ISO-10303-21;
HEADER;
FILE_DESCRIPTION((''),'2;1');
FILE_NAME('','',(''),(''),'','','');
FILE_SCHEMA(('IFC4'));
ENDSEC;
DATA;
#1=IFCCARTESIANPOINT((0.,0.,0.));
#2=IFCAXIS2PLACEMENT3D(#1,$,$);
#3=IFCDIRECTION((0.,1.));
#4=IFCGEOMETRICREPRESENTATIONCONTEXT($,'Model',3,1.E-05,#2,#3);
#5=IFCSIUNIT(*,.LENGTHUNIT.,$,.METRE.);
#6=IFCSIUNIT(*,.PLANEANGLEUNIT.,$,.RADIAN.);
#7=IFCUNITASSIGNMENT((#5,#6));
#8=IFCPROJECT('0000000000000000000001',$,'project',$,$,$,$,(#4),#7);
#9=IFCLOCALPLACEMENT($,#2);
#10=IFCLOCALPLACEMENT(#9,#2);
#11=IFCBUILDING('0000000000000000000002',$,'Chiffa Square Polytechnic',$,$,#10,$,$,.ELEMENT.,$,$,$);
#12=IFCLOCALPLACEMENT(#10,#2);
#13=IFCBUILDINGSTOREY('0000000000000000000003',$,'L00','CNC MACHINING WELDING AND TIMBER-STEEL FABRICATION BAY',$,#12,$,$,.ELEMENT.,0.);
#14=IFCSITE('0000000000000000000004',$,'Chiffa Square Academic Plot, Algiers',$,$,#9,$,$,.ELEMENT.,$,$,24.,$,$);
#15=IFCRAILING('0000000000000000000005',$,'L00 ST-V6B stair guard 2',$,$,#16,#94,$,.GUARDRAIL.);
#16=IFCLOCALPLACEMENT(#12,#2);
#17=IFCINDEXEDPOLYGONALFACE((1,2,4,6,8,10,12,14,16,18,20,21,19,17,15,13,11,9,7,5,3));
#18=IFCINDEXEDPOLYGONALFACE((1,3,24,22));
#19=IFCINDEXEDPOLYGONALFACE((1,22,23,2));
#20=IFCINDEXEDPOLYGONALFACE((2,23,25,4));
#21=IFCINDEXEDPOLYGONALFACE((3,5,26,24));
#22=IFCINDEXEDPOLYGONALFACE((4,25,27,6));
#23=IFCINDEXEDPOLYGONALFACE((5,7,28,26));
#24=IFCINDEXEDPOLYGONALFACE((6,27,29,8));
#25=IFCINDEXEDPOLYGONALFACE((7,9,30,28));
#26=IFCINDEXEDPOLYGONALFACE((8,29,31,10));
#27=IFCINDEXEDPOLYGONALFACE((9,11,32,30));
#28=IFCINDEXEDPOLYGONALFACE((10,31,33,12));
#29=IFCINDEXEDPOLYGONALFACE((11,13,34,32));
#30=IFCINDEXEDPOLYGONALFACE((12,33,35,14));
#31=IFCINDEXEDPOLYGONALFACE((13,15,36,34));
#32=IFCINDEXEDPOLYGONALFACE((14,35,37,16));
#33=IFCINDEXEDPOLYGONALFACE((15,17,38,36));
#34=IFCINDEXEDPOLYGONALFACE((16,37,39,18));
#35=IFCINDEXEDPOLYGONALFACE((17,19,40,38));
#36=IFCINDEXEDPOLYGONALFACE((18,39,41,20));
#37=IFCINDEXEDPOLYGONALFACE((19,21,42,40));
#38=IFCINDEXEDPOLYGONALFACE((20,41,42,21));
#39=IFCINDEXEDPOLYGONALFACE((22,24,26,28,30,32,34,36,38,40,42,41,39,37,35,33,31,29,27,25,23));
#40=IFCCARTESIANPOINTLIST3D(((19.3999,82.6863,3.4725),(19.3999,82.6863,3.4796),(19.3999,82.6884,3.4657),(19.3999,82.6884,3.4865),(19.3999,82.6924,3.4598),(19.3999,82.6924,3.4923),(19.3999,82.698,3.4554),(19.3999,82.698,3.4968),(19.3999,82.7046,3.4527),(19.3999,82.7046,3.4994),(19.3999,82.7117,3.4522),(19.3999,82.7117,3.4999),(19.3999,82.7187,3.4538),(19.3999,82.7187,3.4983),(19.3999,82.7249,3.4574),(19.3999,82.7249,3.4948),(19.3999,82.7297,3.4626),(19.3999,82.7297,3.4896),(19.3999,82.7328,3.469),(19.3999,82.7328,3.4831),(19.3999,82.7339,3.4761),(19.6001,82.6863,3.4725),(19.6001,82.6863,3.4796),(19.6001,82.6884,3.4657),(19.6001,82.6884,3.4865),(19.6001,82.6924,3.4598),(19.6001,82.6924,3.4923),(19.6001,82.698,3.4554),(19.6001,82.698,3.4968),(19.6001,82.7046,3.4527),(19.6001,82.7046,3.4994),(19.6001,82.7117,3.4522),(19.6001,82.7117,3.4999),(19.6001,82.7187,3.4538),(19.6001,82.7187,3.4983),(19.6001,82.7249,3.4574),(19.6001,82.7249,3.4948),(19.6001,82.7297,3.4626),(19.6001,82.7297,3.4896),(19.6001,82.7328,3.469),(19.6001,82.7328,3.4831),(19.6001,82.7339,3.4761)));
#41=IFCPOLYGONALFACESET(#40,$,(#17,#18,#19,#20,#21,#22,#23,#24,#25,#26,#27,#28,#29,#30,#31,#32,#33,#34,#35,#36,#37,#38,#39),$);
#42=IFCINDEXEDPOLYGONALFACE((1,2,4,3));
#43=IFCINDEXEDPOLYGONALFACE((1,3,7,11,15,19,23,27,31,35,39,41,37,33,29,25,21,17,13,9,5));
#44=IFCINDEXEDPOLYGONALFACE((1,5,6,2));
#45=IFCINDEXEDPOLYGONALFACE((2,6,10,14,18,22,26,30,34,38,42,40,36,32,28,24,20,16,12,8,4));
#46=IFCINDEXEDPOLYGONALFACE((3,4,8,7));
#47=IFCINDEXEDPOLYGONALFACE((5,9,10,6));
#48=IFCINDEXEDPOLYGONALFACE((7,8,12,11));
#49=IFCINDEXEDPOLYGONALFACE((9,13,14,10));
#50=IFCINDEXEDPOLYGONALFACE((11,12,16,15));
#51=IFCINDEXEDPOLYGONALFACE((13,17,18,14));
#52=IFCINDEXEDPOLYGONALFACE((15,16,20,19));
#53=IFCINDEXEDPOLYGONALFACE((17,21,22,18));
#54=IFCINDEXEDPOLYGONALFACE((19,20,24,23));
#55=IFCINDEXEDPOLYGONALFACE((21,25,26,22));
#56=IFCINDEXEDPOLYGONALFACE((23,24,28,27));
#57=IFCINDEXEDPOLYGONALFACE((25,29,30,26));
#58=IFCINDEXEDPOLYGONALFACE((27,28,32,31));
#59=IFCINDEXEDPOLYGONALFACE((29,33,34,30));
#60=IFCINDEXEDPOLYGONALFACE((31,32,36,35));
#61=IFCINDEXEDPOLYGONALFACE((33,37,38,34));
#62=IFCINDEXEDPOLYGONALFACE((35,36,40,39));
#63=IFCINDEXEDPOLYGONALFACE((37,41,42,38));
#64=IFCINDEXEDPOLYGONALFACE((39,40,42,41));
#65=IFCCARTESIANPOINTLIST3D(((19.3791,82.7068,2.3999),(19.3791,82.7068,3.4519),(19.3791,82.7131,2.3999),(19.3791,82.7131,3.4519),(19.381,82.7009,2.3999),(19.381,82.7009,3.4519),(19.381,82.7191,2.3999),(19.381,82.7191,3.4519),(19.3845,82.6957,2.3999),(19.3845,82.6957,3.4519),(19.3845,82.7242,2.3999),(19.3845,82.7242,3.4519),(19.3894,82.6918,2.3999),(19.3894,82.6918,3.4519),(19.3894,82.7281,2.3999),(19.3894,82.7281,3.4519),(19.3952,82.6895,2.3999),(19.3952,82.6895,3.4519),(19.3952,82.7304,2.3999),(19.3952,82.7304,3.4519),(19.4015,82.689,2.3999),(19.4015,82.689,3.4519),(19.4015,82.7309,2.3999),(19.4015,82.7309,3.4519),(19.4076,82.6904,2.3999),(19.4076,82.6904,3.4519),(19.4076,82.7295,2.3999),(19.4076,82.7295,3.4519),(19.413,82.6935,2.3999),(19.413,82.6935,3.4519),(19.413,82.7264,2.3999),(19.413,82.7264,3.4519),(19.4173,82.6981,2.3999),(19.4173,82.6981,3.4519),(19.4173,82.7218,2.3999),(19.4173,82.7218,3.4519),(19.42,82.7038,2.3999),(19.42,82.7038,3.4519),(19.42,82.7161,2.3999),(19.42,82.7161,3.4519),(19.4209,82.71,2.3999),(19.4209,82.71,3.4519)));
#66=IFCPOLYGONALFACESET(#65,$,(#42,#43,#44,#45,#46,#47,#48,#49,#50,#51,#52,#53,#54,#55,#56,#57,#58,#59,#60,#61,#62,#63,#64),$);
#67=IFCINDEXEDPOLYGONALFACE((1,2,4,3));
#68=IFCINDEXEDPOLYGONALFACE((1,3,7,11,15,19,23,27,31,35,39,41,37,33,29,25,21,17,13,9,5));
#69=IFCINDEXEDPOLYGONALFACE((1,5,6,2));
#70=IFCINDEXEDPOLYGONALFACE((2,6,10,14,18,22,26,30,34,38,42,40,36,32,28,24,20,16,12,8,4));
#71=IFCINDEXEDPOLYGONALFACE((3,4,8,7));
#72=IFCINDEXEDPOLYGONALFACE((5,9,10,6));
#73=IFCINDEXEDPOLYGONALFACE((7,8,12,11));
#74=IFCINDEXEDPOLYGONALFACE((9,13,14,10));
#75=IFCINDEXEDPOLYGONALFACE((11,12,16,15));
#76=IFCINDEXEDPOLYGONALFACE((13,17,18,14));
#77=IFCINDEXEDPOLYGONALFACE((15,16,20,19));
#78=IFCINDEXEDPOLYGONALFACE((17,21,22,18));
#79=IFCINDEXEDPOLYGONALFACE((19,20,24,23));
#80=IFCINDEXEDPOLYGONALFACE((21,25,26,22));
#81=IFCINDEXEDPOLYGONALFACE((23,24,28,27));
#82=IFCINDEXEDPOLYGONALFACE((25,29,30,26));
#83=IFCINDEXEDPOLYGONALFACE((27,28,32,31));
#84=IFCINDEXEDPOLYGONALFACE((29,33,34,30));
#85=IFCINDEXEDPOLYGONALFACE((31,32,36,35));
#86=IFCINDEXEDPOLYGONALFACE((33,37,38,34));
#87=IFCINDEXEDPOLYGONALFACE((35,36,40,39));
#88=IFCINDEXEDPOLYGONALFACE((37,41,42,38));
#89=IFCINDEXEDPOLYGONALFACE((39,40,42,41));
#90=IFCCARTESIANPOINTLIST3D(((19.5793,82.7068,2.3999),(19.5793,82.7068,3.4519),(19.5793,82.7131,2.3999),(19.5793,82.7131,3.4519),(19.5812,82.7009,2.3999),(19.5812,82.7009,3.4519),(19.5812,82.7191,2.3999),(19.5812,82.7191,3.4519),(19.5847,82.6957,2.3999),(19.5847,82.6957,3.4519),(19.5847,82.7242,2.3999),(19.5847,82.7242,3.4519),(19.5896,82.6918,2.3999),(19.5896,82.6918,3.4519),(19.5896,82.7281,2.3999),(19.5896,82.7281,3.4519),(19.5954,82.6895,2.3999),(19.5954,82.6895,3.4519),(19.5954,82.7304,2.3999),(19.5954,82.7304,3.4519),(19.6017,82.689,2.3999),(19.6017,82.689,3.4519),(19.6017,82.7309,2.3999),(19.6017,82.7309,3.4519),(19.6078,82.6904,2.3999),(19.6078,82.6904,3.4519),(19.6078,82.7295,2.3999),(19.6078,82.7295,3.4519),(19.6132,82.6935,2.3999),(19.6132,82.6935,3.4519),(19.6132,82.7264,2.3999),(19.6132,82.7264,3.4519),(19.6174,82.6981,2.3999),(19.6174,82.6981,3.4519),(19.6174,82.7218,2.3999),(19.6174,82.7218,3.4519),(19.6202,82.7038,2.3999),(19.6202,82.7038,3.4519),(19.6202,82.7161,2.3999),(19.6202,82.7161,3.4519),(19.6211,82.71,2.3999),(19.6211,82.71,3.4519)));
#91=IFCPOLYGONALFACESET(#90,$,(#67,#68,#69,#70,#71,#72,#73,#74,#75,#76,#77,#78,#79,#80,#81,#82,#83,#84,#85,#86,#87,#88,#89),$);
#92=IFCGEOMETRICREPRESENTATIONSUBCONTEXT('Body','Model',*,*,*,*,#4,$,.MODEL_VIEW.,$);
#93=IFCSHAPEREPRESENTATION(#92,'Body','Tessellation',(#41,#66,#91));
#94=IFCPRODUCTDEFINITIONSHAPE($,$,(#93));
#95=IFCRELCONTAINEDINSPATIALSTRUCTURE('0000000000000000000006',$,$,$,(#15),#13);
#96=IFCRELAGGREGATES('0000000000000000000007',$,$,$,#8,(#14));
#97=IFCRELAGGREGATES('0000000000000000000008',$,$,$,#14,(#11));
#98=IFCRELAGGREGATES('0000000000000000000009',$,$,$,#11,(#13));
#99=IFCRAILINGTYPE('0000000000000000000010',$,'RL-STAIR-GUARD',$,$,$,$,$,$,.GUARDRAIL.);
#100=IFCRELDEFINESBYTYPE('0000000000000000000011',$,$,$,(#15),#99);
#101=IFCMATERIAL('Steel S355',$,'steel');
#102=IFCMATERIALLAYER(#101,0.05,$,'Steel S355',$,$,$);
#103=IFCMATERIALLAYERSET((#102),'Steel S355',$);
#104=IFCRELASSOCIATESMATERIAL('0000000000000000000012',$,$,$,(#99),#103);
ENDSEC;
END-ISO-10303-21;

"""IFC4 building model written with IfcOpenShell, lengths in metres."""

from ifc_helpers import new_model, si_unit, direction, frame, origin, origin_2d, place, context, subcontext, project, spatial, circle, extrude, material, layer, layer_set, type_object, element, save


model = new_model("IFC4")

# Units and contexts
model_context = context("Model", 3, precision=1e-05, world=origin(), true_north=direction((0.0, 1.0)))
body_context = subcontext(model_context, "Body", "Model", "MODEL_VIEW")
ifc_project = project(units=[si_unit("LENGTHUNIT", "METRE"), si_unit("PLANEANGLEUNIT", "RADIAN")], contexts=[model_context])

# Site, building, storey
site_placement = place(None, origin())
site = spatial("IfcSite", under=ifc_project, at=site_placement, Name="Chiffa Square Academic Plot, Algiers", CompositionType="ELEMENT", RefElevation=24.0)
building_placement = place(site_placement, origin())
building = spatial("IfcBuilding", under=site, at=building_placement, Name="Chiffa Square Polytechnic", CompositionType="ELEMENT")
storey_placement = place(building_placement, origin())
storey = spatial("IfcBuildingStorey", under=building, at=storey_placement, Name="L00", Description="CNC MACHINING WELDING AND TIMBER-STEEL FABRICATION BAY", CompositionType="ELEMENT", Elevation=0.0)

# Railing
ifc_material_1 = material(Name="Steel S355", Category="steel")
ifc_layer_1 = layer(ifc_material_1, 0.05, Name="Steel S355")
ifc_layer_set_1 = layer_set([ifc_layer_1], Name="Steel S355")
railing_type_1 = type_object("IfcRailingType", Name="RL-STAIR-GUARD", PredefinedType="GUARDRAIL", material=ifc_layer_set_1)
railing_1_placement = place(storey_placement, frame((19.3999, 82.71, 2.3999)))
element("IfcRailing", 1, at=railing_1_placement, inside=storey, type_object=railing_type_1, Name="L00 ST-V6B stair guard 2", PredefinedType="GUARDRAIL", context=body_context, shape_type="SweptSolid", body=[
    extrude(circle(Radius=0.0239, at=origin_2d()), frame((0.0, 0.0, 1.0762), z_axis=(1.0, 0.0, 0.0), x_axis=(0.0, 1.0, 0.0)), (0.0, 0.0, 1.0), 0.2002),
    extrude(circle(Radius=0.021, at=origin_2d()), origin(), (0.0, 0.0, 1.0), 1.052),
    extrude(circle(Radius=0.021, at=origin_2d()), frame((0.2002, 0.0, 0.0)), (0.0, 0.0, 1.0), 1.052),
])

save(model, "model.ifc")
